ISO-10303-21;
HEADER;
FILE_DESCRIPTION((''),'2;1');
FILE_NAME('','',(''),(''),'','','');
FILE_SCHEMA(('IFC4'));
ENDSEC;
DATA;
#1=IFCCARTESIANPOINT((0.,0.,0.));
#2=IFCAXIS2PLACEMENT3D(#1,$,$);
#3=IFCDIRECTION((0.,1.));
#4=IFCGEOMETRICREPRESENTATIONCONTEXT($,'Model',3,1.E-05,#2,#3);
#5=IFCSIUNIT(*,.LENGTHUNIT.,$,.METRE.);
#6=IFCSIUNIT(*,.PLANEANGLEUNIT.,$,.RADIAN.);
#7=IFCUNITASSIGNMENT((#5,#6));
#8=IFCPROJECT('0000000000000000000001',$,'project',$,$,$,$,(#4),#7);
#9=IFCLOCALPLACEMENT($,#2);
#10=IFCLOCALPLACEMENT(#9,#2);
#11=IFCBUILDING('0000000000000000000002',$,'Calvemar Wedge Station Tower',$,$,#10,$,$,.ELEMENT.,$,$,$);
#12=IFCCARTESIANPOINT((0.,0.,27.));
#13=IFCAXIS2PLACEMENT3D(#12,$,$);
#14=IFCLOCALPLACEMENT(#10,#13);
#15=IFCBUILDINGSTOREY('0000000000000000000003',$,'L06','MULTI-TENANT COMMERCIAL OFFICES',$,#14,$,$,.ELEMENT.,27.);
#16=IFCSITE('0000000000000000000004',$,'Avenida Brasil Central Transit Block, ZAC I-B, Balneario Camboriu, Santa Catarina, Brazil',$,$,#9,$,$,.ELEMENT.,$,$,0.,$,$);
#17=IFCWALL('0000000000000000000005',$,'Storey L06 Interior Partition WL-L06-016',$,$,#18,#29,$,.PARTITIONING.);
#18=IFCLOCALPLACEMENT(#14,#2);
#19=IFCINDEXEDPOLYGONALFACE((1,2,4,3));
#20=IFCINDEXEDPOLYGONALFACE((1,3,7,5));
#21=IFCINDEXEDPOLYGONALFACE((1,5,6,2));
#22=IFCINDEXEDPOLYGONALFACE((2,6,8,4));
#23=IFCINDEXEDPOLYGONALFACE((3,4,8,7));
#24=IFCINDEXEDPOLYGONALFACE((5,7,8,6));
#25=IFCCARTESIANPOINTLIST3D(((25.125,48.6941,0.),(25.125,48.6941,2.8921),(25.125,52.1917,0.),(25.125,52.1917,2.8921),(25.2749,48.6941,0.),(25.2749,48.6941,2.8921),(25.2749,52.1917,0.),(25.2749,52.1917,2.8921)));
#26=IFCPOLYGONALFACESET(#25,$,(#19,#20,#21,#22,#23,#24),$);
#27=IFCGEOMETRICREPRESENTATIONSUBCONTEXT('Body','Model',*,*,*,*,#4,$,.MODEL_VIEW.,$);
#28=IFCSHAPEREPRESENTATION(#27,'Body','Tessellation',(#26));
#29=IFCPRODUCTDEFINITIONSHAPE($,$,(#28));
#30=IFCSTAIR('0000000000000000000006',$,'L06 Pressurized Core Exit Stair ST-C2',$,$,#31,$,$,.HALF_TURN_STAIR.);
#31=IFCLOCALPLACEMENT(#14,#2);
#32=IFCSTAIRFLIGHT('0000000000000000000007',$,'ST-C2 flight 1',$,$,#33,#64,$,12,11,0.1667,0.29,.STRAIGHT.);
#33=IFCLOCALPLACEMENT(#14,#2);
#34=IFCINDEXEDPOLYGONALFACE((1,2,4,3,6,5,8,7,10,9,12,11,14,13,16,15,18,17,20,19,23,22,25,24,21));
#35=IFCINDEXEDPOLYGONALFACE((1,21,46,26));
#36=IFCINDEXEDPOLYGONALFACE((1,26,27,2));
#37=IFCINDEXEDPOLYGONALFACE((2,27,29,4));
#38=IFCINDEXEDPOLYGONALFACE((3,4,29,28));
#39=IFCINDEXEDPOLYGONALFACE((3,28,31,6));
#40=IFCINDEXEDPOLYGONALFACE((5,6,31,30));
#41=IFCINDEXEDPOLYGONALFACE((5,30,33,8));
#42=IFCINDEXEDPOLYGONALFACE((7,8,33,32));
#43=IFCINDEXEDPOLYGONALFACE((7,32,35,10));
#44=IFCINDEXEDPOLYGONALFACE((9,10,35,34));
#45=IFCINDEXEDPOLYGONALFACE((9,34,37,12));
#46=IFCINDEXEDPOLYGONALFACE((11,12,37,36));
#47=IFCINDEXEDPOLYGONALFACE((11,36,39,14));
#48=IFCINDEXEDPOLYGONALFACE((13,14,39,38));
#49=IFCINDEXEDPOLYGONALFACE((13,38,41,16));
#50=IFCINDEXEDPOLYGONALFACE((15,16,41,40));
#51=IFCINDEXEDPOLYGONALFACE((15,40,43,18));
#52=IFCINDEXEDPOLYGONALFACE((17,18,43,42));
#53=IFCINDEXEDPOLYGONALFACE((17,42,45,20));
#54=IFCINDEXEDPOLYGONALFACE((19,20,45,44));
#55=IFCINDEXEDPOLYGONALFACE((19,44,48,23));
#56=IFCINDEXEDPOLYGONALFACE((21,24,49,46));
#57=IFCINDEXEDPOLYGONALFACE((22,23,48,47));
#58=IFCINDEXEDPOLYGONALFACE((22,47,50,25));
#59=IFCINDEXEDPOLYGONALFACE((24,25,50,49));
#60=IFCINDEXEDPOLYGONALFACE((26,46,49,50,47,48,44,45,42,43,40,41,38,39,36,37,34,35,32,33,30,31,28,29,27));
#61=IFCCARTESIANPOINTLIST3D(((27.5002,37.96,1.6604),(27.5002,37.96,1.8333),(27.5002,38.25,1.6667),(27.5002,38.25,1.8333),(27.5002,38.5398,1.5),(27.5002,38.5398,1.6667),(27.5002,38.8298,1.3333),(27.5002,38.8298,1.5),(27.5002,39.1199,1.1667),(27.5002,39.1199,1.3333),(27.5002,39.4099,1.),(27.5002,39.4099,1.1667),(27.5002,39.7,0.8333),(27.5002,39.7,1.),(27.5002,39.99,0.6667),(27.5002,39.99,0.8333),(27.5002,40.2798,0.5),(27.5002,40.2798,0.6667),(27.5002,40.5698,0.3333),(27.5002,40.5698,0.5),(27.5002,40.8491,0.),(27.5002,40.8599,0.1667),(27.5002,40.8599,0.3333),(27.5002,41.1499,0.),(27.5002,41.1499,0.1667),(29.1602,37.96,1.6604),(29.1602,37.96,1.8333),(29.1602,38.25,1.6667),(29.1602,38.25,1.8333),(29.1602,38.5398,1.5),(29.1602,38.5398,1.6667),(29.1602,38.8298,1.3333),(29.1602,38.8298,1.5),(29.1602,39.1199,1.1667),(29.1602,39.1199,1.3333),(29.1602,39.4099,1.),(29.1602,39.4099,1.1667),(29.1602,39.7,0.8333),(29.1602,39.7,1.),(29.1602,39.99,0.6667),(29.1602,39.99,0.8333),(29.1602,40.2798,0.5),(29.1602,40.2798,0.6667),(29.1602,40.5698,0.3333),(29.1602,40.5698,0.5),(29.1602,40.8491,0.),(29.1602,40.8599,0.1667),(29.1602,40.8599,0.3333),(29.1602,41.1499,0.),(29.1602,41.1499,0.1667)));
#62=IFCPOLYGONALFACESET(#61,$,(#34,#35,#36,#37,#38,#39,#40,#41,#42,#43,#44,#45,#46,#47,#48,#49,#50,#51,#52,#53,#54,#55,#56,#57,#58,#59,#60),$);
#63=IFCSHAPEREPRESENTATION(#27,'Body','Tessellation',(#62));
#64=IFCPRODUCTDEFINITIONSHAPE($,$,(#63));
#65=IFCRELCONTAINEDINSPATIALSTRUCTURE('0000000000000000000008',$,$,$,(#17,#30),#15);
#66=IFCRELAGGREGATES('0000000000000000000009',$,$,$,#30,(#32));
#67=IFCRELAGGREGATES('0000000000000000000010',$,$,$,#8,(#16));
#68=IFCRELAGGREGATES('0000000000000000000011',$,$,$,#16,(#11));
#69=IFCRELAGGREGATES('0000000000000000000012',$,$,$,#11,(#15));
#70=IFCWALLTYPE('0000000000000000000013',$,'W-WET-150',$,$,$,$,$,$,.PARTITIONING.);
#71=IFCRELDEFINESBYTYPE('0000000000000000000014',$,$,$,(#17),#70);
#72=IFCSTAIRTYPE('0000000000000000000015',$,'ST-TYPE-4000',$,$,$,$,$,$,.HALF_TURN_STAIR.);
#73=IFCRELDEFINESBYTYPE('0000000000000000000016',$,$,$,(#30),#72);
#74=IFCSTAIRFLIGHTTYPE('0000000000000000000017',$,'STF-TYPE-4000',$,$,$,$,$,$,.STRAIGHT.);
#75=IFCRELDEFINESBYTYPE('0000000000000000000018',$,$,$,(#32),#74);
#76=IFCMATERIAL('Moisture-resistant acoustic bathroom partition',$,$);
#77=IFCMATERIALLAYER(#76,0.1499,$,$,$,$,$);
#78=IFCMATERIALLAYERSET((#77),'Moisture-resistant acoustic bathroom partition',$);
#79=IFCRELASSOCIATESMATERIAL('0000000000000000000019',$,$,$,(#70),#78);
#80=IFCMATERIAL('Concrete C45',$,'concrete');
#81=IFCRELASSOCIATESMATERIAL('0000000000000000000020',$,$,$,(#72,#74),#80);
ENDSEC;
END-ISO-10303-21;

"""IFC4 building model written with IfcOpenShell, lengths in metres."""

from ifc_helpers import new_model, si_unit, direction, frame, frame_2d, origin, place, context, subcontext, project, spatial, polyline, rectangle, outline, extrude, material, layer, layer_set, type_object, element, aggregate, save


model = new_model("IFC4")

# Units and contexts
model_context = context("Model", 3, precision=1e-05, world=origin(), true_north=direction((0.0, 1.0)))
body_context = subcontext(model_context, "Body", "Model", "MODEL_VIEW")
ifc_project = project(units=[si_unit("LENGTHUNIT", "METRE"), si_unit("PLANEANGLEUNIT", "RADIAN")], contexts=[model_context])

# Site, building, storey
site_placement = place(None, origin())
site = spatial("IfcSite", under=ifc_project, at=site_placement, Name="Avenida Brasil Central Transit Block, ZAC I-B, Balneario Camboriu, Santa Catarina, Brazil", CompositionType="ELEMENT", RefElevation=0.0)
building_placement = place(site_placement, origin())
building = spatial("IfcBuilding", under=site, at=building_placement, Name="Calvemar Wedge Station Tower", CompositionType="ELEMENT")
storey_placement = place(building_placement, frame((0.0, 0.0, 27.0)))
storey = spatial("IfcBuildingStorey", under=building, at=storey_placement, Name="L06", Description="MULTI-TENANT COMMERCIAL OFFICES", CompositionType="ELEMENT", Elevation=27.0)

# Wall
ifc_material_1 = material(Name="Moisture-resistant acoustic bathroom partition")
ifc_layer_1 = layer(ifc_material_1, 0.1499)
ifc_layer_set_1 = layer_set([ifc_layer_1], Name="Moisture-resistant acoustic bathroom partition")
wall_type_1 = type_object("IfcWallType", Name="W-WET-150", PredefinedType="PARTITIONING", material=ifc_layer_set_1)
wall_1_placement = place(storey_placement, frame((25.2, 52.1917, 0.0), z_axis=(0.0, 0.0, 1.0), x_axis=(0.0, -1.0, 0.0)))
element("IfcWall", 1, at=wall_1_placement, inside=storey, type_object=wall_type_1, Name="Storey L06 Interior Partition WL-L06-016", PredefinedType="PARTITIONING", context=body_context, shape_type="SweptSolid", body=[
    extrude(rectangle(XDim=3.4976, YDim=0.1499, at=frame_2d((1.7488, 0.0))), origin(), (0.0, 0.0, 1.0), 2.8921),
])

# Stair, stair flight
ifc_material_2 = material(Name="Concrete C45", Category="concrete")
stair_type = type_object("IfcStairType", Name="ST-TYPE-4000", PredefinedType="HALF_TURN_STAIR", material=ifc_material_2)
stair_placement = place(storey_placement, origin())
stair = element("IfcStair", 2, at=stair_placement, inside=storey, type_object=stair_type, Name="L06 Pressurized Core Exit Stair ST-C2", PredefinedType="HALF_TURN_STAIR")
stair_flight_type = type_object("IfcStairFlightType", Name="STF-TYPE-4000", PredefinedType="STRAIGHT", material=ifc_material_2)
stair_flight_placement = place(storey_placement, frame((28.3301, 41.1499, 0.0), z_axis=(0.0, 0.0, 1.0), x_axis=(0.0, -1.0, 0.0)))
stair_flight = element("IfcStairFlight", 3, at=stair_flight_placement, type_object=stair_flight_type, Name="ST-C2 flight 1", NumberOfRisers=12, NumberOfTreads=11, PredefinedType="STRAIGHT", RiserHeight=0.1667, TreadLength=0.29, context=body_context, shape_type="SweptSolid", body=[
    extrude(outline(polyline([(0.0, 0.0), (0.0, 0.1667), (0.29, 0.1667), (0.29, 0.3333), (0.5801, 0.3333), (0.5801, 0.5), (0.8701, 0.5), (0.8701, 0.6667), (1.1599, 0.6667), (1.1599, 0.8333), (1.45, 0.8333), (1.45, 1.0), (1.74, 1.0), (1.74, 1.1667), (2.03, 1.1667), (2.03, 1.3333), (2.3201, 1.3333), (2.3201, 1.5), (2.6101, 1.5), (2.6101, 1.6667), (2.8999, 1.6667), (2.8999, 1.8333), (3.1899, 1.8333), (3.1899, 2.0), (3.1899, 1.6604), (0.3008, 0.0), (0.0, 0.0)])), frame((0.0, 0.8301, 0.0), z_axis=(0.0, -1.0, 0.0), x_axis=(1.0, 0.0, 0.0)), (0.0, 0.0, 1.0), 1.6599),
])
aggregate(stair, [stair_flight])

save(model, "model.ifc")
